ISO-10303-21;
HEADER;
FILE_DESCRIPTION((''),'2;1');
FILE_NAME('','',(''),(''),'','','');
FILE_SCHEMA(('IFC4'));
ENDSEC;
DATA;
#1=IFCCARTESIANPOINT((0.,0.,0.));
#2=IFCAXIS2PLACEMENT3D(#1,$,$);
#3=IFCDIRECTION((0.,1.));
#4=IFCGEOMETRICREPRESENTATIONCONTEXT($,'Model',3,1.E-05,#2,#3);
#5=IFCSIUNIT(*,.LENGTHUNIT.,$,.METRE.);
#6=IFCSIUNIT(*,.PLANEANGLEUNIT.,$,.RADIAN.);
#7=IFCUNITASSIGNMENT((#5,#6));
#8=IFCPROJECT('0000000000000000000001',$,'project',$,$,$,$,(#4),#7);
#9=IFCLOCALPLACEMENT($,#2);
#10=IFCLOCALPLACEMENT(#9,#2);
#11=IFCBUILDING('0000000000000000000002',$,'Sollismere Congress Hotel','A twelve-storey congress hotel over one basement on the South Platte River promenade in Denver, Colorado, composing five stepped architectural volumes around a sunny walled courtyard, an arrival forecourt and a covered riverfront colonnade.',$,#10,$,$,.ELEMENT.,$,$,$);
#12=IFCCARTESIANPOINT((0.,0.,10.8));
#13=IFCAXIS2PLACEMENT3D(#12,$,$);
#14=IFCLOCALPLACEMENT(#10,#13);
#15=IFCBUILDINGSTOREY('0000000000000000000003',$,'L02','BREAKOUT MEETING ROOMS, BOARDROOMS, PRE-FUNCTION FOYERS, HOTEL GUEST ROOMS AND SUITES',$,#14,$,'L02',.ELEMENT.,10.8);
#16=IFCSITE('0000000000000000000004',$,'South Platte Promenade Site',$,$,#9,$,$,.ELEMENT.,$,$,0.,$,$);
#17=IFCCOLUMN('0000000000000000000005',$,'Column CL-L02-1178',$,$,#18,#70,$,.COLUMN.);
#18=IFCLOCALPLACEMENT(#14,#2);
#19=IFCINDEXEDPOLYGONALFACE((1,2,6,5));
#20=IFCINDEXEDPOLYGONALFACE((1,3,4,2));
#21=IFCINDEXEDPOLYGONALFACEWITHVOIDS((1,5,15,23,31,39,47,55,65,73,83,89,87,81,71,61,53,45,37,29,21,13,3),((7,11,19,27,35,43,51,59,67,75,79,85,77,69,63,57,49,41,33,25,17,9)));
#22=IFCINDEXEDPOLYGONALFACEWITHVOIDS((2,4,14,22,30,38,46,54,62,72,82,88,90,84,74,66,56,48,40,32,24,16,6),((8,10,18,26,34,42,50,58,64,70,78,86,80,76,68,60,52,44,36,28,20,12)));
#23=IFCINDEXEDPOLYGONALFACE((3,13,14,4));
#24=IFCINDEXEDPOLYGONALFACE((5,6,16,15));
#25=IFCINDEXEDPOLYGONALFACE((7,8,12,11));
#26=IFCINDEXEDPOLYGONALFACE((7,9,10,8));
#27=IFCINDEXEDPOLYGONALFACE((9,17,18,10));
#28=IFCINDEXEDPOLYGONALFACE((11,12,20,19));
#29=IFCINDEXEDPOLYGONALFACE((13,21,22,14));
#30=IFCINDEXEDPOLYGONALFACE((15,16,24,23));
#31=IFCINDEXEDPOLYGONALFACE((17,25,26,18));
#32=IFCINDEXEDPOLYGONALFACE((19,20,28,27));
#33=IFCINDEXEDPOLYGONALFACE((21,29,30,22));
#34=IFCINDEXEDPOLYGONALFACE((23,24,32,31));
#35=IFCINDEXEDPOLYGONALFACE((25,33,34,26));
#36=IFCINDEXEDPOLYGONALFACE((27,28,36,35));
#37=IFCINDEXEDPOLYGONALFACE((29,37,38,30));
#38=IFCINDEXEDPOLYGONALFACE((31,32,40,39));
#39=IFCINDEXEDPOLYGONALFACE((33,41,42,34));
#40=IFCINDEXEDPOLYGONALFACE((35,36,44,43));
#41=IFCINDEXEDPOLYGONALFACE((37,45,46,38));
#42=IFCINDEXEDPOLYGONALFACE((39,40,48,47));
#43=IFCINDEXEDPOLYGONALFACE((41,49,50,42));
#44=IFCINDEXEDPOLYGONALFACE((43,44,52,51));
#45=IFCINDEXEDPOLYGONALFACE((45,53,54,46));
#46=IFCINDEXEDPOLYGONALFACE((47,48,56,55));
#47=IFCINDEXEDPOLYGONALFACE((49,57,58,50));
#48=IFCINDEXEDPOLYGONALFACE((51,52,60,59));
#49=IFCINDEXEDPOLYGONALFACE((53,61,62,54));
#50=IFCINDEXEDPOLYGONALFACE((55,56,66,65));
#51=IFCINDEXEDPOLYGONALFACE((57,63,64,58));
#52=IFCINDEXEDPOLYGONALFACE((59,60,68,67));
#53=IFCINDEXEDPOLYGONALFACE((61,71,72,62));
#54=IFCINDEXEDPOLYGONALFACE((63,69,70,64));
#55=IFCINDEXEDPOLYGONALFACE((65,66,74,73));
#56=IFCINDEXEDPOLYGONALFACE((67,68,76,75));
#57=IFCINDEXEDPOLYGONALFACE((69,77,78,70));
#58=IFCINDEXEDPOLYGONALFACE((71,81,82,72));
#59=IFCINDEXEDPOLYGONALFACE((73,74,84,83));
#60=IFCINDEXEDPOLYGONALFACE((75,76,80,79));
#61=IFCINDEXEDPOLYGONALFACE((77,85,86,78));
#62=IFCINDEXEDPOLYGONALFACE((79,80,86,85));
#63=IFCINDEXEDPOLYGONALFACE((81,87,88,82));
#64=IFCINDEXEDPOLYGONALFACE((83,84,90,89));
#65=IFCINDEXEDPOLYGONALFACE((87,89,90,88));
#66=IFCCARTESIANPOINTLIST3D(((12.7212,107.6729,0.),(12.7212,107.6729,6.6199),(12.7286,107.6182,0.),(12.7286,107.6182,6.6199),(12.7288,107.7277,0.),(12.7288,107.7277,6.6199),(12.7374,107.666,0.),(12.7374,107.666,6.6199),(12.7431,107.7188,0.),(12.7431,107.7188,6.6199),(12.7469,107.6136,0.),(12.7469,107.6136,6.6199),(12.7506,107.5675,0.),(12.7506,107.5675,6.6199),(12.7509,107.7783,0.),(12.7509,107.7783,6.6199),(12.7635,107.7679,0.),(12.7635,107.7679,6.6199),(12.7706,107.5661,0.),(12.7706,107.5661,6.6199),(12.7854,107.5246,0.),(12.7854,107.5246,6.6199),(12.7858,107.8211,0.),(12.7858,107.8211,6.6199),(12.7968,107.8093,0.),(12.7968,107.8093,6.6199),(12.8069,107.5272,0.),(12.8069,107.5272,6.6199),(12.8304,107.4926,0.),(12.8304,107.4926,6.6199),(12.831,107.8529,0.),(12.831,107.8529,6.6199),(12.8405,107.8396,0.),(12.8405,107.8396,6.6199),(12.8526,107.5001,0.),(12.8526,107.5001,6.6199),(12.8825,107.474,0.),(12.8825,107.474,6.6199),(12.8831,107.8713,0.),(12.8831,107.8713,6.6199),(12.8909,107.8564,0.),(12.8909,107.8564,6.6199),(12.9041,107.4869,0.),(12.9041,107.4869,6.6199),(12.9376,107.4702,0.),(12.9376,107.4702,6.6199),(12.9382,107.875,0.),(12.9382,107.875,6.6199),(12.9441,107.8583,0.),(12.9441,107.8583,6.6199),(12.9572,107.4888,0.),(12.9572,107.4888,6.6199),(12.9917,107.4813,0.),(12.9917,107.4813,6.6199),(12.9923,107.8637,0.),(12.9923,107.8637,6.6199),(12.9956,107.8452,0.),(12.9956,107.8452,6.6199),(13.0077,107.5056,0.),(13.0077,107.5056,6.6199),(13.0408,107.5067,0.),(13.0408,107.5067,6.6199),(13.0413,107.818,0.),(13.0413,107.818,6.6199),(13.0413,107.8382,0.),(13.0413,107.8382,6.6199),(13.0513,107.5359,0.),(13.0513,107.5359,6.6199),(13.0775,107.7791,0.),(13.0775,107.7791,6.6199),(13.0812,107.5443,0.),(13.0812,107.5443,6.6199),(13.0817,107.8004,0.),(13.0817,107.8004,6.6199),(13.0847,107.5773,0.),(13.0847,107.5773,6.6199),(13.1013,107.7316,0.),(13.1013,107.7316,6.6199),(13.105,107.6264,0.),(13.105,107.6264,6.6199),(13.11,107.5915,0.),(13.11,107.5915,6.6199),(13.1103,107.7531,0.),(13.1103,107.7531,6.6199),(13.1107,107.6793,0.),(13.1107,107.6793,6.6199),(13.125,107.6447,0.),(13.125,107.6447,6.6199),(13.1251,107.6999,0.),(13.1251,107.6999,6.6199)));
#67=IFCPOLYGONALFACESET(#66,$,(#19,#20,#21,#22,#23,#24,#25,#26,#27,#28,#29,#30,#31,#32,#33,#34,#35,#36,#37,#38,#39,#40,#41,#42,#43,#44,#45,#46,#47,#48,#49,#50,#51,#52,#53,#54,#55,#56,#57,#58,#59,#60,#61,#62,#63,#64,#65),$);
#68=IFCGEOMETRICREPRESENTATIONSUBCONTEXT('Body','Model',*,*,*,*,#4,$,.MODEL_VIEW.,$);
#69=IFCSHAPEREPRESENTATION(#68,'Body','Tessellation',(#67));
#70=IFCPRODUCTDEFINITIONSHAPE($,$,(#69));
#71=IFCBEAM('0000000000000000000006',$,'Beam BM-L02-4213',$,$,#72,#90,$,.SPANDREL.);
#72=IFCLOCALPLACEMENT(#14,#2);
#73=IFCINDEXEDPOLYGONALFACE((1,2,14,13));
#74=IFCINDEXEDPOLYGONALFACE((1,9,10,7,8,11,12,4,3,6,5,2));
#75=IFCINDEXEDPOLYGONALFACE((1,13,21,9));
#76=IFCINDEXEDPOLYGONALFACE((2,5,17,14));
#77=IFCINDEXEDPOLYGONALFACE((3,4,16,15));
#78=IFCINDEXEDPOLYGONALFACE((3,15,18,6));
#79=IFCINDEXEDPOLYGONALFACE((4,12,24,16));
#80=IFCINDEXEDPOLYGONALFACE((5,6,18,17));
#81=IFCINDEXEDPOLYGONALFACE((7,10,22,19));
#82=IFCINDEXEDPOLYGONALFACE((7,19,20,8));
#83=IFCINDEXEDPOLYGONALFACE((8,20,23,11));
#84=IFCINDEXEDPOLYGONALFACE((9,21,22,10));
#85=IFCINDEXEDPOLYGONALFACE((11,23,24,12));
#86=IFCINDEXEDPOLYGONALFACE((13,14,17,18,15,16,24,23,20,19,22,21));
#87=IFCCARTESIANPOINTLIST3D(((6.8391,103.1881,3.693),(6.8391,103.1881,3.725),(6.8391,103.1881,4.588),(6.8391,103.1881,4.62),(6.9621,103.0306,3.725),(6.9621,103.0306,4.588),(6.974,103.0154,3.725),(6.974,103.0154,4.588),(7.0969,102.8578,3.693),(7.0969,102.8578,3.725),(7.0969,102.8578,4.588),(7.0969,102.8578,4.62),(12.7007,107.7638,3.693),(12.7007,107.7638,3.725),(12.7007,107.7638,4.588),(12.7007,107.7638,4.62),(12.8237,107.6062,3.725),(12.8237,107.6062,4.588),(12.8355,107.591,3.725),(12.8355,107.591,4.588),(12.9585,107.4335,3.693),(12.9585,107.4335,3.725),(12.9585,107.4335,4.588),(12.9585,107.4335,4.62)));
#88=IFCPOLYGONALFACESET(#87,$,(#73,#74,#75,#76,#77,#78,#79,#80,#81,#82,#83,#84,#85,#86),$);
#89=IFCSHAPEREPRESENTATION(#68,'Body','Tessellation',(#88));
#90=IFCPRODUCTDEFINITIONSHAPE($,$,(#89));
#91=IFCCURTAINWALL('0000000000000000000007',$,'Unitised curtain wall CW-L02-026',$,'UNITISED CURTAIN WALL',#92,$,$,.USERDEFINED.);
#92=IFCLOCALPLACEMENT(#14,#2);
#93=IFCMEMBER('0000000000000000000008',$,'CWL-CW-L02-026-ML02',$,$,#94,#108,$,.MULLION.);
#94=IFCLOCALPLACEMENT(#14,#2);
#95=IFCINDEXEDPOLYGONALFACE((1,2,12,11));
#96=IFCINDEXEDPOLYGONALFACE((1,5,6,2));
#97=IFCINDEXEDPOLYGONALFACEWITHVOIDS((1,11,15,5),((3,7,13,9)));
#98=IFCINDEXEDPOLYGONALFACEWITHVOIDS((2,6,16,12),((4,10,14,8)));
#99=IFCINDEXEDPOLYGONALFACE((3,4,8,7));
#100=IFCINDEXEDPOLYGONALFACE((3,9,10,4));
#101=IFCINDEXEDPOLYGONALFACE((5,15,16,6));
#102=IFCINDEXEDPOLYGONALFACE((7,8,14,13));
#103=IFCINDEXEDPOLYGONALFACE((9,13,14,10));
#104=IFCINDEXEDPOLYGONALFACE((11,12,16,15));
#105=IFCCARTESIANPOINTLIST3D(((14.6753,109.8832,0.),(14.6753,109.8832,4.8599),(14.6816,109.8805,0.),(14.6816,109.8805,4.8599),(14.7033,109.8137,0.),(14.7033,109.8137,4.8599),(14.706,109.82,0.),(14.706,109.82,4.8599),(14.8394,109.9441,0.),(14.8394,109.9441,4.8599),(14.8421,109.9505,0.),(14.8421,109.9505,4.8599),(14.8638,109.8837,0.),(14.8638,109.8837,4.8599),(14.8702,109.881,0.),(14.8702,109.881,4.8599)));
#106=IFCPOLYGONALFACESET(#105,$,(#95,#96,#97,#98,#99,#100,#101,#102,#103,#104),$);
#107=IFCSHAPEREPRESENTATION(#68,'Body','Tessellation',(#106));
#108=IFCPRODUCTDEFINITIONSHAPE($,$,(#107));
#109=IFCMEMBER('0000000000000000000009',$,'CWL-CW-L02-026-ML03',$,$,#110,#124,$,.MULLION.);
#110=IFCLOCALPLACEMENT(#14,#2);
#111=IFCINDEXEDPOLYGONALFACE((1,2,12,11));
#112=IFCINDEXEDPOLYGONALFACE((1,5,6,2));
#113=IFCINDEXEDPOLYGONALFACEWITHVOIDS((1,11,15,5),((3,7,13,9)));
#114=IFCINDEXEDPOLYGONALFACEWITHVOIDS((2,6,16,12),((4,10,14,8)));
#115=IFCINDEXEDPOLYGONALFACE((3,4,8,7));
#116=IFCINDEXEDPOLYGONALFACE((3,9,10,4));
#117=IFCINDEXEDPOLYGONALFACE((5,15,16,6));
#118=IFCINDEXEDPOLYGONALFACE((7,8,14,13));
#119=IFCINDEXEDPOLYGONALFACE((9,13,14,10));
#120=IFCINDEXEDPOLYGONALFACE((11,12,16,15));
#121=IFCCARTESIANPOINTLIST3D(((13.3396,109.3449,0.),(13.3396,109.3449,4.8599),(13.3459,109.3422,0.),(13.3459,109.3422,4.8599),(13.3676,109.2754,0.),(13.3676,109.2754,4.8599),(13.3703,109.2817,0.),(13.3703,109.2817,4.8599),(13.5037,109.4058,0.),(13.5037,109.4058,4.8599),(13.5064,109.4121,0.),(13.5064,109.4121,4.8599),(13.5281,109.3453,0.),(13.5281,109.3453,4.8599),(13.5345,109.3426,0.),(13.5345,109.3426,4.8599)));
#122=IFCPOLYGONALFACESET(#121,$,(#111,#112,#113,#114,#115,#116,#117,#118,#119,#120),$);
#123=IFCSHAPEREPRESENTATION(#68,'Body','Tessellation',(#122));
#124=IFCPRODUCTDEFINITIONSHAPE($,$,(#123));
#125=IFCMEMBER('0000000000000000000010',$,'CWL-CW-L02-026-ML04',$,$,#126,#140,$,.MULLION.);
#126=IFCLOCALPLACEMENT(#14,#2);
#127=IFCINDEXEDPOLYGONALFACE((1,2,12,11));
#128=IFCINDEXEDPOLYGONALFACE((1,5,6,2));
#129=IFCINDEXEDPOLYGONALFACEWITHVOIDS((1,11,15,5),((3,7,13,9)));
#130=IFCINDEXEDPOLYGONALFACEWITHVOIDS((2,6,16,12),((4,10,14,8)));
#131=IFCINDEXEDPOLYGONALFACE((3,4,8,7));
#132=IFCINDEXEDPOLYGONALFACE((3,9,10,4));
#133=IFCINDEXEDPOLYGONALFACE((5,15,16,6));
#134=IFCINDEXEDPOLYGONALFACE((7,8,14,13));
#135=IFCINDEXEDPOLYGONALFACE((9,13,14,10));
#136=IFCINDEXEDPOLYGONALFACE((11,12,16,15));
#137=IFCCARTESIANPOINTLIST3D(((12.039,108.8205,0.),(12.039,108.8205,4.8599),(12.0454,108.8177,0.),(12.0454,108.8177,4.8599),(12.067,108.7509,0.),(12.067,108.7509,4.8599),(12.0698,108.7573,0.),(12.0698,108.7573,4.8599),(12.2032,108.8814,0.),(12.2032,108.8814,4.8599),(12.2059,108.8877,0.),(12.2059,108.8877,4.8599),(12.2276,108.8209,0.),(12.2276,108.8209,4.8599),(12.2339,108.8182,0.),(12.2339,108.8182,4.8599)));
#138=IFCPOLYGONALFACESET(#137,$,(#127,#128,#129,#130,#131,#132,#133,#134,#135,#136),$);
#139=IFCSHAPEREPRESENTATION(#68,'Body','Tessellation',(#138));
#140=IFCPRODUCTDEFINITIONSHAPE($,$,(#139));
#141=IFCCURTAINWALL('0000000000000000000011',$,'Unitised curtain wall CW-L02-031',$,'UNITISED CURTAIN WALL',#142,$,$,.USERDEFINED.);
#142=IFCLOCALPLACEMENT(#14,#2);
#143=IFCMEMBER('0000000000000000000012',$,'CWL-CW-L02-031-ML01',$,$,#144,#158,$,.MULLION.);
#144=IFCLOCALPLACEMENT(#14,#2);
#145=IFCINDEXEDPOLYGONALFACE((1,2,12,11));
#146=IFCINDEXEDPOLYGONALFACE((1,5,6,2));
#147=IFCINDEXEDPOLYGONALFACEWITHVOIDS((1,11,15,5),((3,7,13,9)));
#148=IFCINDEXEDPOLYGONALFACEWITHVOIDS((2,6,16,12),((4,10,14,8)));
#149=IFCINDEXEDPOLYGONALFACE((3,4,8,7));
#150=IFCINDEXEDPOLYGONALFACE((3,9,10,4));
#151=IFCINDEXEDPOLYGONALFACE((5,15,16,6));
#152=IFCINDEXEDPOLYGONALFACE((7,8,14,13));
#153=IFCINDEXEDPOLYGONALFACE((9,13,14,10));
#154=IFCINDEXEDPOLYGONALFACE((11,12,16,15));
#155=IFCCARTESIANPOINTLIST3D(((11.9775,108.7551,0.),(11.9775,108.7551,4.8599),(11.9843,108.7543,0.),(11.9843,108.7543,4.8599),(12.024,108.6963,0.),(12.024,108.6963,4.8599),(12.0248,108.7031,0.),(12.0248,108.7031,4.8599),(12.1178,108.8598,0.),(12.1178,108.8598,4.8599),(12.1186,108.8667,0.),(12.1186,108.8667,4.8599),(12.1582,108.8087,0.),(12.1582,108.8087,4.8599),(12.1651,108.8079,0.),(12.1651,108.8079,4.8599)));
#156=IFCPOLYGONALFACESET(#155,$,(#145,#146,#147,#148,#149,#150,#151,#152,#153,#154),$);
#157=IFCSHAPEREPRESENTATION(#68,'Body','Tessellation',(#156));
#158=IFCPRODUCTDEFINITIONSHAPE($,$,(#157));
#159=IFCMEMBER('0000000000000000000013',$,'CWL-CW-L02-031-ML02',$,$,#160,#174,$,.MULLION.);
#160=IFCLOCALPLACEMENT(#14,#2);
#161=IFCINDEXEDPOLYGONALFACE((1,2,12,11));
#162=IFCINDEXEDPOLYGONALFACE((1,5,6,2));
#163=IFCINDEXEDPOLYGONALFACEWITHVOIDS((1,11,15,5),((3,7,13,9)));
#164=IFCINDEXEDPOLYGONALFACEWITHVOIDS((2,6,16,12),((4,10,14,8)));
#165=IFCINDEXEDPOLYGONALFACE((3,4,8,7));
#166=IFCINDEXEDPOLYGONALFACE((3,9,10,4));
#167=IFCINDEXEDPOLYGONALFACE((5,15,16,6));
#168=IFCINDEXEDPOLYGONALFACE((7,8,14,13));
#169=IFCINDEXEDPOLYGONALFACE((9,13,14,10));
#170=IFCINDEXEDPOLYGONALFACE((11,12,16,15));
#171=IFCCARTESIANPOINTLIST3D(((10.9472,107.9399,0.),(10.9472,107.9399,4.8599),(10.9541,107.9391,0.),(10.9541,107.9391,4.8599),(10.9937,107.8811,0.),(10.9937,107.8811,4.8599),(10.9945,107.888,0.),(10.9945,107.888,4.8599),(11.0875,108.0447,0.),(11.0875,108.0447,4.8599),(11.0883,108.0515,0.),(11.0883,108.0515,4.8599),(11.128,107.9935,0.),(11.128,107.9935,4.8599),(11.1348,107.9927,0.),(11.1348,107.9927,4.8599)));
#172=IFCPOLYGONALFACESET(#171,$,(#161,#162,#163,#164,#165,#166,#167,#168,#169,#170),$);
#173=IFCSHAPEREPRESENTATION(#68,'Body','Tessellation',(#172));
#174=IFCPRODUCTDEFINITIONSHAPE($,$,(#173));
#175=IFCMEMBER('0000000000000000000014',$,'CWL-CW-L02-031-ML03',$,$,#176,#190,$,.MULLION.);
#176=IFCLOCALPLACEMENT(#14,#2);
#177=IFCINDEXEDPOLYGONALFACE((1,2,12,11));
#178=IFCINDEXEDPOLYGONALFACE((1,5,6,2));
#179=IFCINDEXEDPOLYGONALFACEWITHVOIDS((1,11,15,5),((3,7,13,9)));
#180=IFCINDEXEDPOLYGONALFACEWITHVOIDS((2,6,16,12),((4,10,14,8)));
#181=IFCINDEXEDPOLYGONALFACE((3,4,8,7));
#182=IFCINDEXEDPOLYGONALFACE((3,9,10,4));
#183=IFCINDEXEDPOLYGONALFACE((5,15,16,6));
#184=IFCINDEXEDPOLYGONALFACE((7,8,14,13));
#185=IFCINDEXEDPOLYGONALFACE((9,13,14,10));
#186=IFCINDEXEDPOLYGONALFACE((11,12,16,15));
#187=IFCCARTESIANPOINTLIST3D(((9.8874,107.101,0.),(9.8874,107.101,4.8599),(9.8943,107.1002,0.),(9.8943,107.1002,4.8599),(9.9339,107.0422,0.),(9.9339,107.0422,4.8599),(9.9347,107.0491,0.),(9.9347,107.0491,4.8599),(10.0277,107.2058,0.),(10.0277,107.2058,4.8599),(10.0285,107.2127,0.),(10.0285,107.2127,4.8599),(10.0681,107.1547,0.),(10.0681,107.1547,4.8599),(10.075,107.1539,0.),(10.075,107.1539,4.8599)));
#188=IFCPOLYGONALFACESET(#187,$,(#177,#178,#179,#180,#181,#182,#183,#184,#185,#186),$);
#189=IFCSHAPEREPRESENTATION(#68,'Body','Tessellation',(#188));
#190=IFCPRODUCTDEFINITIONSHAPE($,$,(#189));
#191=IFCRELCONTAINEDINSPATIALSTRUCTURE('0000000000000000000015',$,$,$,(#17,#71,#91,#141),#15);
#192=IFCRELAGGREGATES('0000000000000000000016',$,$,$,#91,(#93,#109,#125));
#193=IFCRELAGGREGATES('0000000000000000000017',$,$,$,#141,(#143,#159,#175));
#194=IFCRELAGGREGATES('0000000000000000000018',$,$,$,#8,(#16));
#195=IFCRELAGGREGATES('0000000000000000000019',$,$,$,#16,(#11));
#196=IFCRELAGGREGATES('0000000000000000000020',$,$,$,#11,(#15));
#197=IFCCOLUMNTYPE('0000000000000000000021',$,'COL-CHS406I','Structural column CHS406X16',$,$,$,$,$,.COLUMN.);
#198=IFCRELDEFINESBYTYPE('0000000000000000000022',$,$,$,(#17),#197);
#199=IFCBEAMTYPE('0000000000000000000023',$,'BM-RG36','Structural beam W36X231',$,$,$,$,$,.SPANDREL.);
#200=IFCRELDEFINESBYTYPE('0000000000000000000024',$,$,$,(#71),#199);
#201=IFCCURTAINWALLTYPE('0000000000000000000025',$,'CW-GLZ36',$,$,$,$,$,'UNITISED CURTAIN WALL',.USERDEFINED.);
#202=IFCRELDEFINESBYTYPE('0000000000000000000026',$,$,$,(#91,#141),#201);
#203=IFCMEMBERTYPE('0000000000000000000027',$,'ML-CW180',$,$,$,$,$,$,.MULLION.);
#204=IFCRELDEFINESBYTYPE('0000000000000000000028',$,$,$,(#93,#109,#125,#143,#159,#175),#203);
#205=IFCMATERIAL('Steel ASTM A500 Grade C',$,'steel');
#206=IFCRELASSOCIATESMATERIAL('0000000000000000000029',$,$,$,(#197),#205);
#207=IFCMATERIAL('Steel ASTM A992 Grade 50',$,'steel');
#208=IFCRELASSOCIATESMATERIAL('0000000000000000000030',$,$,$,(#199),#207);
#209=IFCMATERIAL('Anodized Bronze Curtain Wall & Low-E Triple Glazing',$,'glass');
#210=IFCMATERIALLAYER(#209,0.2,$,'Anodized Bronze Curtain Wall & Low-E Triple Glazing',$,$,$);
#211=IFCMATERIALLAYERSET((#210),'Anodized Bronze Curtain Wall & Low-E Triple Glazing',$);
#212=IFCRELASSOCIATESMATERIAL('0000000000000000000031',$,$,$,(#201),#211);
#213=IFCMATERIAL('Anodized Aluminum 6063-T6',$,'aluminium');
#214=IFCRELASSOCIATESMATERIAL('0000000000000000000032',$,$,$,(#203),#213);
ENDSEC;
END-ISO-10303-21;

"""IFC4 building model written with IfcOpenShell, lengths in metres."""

from ifc_helpers import new_model, si_unit, direction, frame, origin, origin_2d, place, context, subcontext, project, spatial, hollow_rectangle, hollow_circle, i_section, extrude, material, layer, layer_set, material_profile, profile_set, type_object, element, aggregate, save


model = new_model("IFC4")

# Units and contexts
model_context = context("Model", 3, precision=1e-05, world=origin(), true_north=direction((0.0, 1.0)))
body_context = subcontext(model_context, "Body", "Model", "MODEL_VIEW")
ifc_project = project(units=[si_unit("LENGTHUNIT", "METRE"), si_unit("PLANEANGLEUNIT", "RADIAN")], contexts=[model_context])

# Site, building, storey
site_placement = place(None, origin())
site = spatial("IfcSite", under=ifc_project, at=site_placement, Name="South Platte Promenade Site", CompositionType="ELEMENT", RefElevation=0.0)
building_placement = place(site_placement, origin())
building = spatial("IfcBuilding", under=site, at=building_placement, Name="Sollismere Congress Hotel", Description="A twelve-storey congress hotel over one basement on the South Platte River promenade in Denver, Colorado, composing five stepped architectural volumes around a sunny walled courtyard, an arrival forecourt and a covered riverfront colonnade.", CompositionType="ELEMENT")
storey_placement = place(building_placement, frame((0.0, 0.0, 10.8)))
storey = spatial("IfcBuildingStorey", under=building, at=storey_placement, Name="L02", Description="BREAKOUT MEETING ROOMS, BOARDROOMS, PRE-FUNCTION FOYERS, HOTEL GUEST ROOMS AND SUITES", LongName="L02", CompositionType="ELEMENT", Elevation=10.8)

# Column
ifc_material_1 = material(Name="Steel ASTM A500 Grade C", Category="steel")
ifc_material_profile_1 = material_profile(ifc_material_1, hollow_circle(Radius=0.2029, WallThickness=0.0161, at=origin_2d()), Name="CHS406X16")
ifc_profile_set_1 = profile_set([ifc_material_profile_1], Name="Steel ASTM A500 Grade C")
column_type = type_object("IfcColumnType", Name="COL-CHS406I", Description="Structural column CHS406X16", PredefinedType="COLUMN", material=ifc_profile_set_1)
column_placement = place(storey_placement, frame((12.9241, 107.6726, 0.0), z_axis=(0.0, 0.0, 1.0), x_axis=(-0.68136, 0.731949, 0.0)))
element("IfcColumn", 1, at=column_placement, inside=storey, type_object=column_type, Name="Column CL-L02-1178", PredefinedType="COLUMN", context=body_context, shape_type="SweptSolid", body=[
    extrude(hollow_circle(Radius=0.2029, WallThickness=0.0161, at=origin_2d()), origin(), (0.0, 0.0, 1.0), 6.6199),
])

# Beam
ifc_material_2 = material(Name="Steel ASTM A992 Grade 50", Category="steel")
ifc_material_profile_2 = material_profile(ifc_material_2, i_section(OverallWidth=0.4189, OverallDepth=0.927, WebThickness=0.0193, FlangeThickness=0.032, at=origin_2d()), Name="W36X231")
ifc_profile_set_2 = profile_set([ifc_material_profile_2], Name="Steel ASTM A992 Grade 50")
beam_type = type_object("IfcBeamType", Name="BM-RG36", Description="Structural beam W36X231", PredefinedType="SPANDREL", material=ifc_profile_set_2)
beam_placement = place(storey_placement, frame((12.8296, 107.5986, 4.1565), z_axis=(-0.788264, -0.615338, 0.0), x_axis=(0.615338, -0.788264, 0.0)))
element("IfcBeam", 2, at=beam_placement, inside=storey, type_object=beam_type, Name="Beam BM-L02-4213", PredefinedType="SPANDREL", context=body_context, shape_type="SweptSolid", body=[
    extrude(i_section(OverallWidth=0.4189, OverallDepth=0.927, WebThickness=0.0193, FlangeThickness=0.032, at=origin_2d()), origin(), (0.0, 0.0, 1.0), 7.436),
])

# Curtain walls, members
ifc_material_3 = material(Name="Anodized Bronze Curtain Wall & Low-E Triple Glazing", Category="glass")
ifc_layer_1 = layer(ifc_material_3, 0.2, Name="Anodized Bronze Curtain Wall & Low-E Triple Glazing")
ifc_layer_set_1 = layer_set([ifc_layer_1], Name="Anodized Bronze Curtain Wall & Low-E Triple Glazing")
curtain_wall_type = type_object("IfcCurtainWallType", Name="CW-GLZ36", ElementType="UNITISED CURTAIN WALL", PredefinedType="USERDEFINED", material=ifc_layer_set_1)
curtain_wall_1_placement = place(storey_placement, origin())
curtain_wall_1 = element("IfcCurtainWall", 3, at=curtain_wall_1_placement, inside=storey, type_object=curtain_wall_type, Name="Unitised curtain wall CW-L02-026", ObjectType="UNITISED CURTAIN WALL", PredefinedType="USERDEFINED")
ifc_material_4 = material(Name="Anodized Aluminum 6063-T6", Category="aluminium")
ifc_material_profile_3 = material_profile(ifc_material_4, hollow_rectangle(XDim=0.075, YDim=0.1799, WallThickness=0.0049, at=origin_2d()), Name="ALU180X75X5")
ifc_profile_set_3 = profile_set([ifc_material_profile_3], Name="Anodized Aluminum 6063-T6")
member_type_1 = type_object("IfcMemberType", Name="ML-CW180", PredefinedType="MULLION", material=ifc_profile_set_3)
member_1_placement = place(storey_placement, frame((14.7727, 109.8821, 0.0), z_axis=(0.0, 0.0, 1.0), x_axis=(0.373943, -0.927452, 0.0)))
member_1 = element("IfcMember", 4, at=member_1_placement, type_object=member_type_1, Name="CWL-CW-L02-026-ML02", PredefinedType="MULLION", context=body_context, shape_type="SweptSolid", body=[
    extrude(hollow_rectangle(XDim=0.075, YDim=0.1799, WallThickness=0.0049, at=origin_2d()), origin(), (0.0, 0.0, 1.0), 4.8599),
])
member_2_placement = place(storey_placement, frame((13.437, 109.3438, 0.0), z_axis=(0.0, 0.0, 1.0), x_axis=(0.373943, -0.927452, 0.0)))
member_2 = element("IfcMember", 5, at=member_2_placement, type_object=member_type_1, Name="CWL-CW-L02-026-ML03", PredefinedType="MULLION", context=body_context, shape_type="SweptSolid", body=[
    extrude(hollow_rectangle(XDim=0.075, YDim=0.1799, WallThickness=0.0049, at=origin_2d()), origin(), (0.0, 0.0, 1.0), 4.8599),
])
member_3_placement = place(storey_placement, frame((12.1365, 108.8193, 0.0), z_axis=(0.0, 0.0, 1.0), x_axis=(0.373943, -0.927452, 0.0)))
member_3 = element("IfcMember", 6, at=member_3_placement, type_object=member_type_1, Name="CWL-CW-L02-026-ML04", PredefinedType="MULLION", context=body_context, shape_type="SweptSolid", body=[
    extrude(hollow_rectangle(XDim=0.075, YDim=0.1799, WallThickness=0.0049, at=origin_2d()), origin(), (0.0, 0.0, 1.0), 4.8599),
])
curtain_wall_2_placement = place(storey_placement, origin())
curtain_wall_2 = element("IfcCurtainWall", 7, at=curtain_wall_2_placement, inside=storey, type_object=curtain_wall_type, Name="Unitised curtain wall CW-L02-031", ObjectType="UNITISED CURTAIN WALL", PredefinedType="USERDEFINED")
member_4_placement = place(storey_placement, frame((12.0713, 108.7815, 0.0), z_axis=(0.0, 0.0, 1.0), x_axis=(0.620532, -0.784181, 0.0)))
member_4 = element("IfcMember", 8, at=member_4_placement, type_object=member_type_1, Name="CWL-CW-L02-031-ML01", PredefinedType="MULLION", context=body_context, shape_type="SweptSolid", body=[
    extrude(hollow_rectangle(XDim=0.075, YDim=0.1799, WallThickness=0.0049, at=origin_2d()), origin(), (0.0, 0.0, 1.0), 4.8599),
])
member_5_placement = place(storey_placement, frame((11.041, 107.9663, 0.0), z_axis=(0.0, 0.0, 1.0), x_axis=(0.620532, -0.784181, 0.0)))
member_5 = element("IfcMember", 9, at=member_5_placement, type_object=member_type_1, Name="CWL-CW-L02-031-ML02", PredefinedType="MULLION", context=body_context, shape_type="SweptSolid", body=[
    extrude(hollow_rectangle(XDim=0.075, YDim=0.1799, WallThickness=0.0049, at=origin_2d()), origin(), (0.0, 0.0, 1.0), 4.8599),
])
member_6_placement = place(storey_placement, frame((9.9812, 107.1274, 0.0), z_axis=(0.0, 0.0, 1.0), x_axis=(0.620532, -0.784181, 0.0)))
member_6 = element("IfcMember", 10, at=member_6_placement, type_object=member_type_1, Name="CWL-CW-L02-031-ML03", PredefinedType="MULLION", context=body_context, shape_type="SweptSolid", body=[
    extrude(hollow_rectangle(XDim=0.075, YDim=0.1799, WallThickness=0.0049, at=origin_2d()), origin(), (0.0, 0.0, 1.0), 4.8599),
])

aggregate(curtain_wall_1, [member_1, member_2, member_3])
aggregate(curtain_wall_2, [member_4, member_5, member_6])

save(model, "model.ifc")
